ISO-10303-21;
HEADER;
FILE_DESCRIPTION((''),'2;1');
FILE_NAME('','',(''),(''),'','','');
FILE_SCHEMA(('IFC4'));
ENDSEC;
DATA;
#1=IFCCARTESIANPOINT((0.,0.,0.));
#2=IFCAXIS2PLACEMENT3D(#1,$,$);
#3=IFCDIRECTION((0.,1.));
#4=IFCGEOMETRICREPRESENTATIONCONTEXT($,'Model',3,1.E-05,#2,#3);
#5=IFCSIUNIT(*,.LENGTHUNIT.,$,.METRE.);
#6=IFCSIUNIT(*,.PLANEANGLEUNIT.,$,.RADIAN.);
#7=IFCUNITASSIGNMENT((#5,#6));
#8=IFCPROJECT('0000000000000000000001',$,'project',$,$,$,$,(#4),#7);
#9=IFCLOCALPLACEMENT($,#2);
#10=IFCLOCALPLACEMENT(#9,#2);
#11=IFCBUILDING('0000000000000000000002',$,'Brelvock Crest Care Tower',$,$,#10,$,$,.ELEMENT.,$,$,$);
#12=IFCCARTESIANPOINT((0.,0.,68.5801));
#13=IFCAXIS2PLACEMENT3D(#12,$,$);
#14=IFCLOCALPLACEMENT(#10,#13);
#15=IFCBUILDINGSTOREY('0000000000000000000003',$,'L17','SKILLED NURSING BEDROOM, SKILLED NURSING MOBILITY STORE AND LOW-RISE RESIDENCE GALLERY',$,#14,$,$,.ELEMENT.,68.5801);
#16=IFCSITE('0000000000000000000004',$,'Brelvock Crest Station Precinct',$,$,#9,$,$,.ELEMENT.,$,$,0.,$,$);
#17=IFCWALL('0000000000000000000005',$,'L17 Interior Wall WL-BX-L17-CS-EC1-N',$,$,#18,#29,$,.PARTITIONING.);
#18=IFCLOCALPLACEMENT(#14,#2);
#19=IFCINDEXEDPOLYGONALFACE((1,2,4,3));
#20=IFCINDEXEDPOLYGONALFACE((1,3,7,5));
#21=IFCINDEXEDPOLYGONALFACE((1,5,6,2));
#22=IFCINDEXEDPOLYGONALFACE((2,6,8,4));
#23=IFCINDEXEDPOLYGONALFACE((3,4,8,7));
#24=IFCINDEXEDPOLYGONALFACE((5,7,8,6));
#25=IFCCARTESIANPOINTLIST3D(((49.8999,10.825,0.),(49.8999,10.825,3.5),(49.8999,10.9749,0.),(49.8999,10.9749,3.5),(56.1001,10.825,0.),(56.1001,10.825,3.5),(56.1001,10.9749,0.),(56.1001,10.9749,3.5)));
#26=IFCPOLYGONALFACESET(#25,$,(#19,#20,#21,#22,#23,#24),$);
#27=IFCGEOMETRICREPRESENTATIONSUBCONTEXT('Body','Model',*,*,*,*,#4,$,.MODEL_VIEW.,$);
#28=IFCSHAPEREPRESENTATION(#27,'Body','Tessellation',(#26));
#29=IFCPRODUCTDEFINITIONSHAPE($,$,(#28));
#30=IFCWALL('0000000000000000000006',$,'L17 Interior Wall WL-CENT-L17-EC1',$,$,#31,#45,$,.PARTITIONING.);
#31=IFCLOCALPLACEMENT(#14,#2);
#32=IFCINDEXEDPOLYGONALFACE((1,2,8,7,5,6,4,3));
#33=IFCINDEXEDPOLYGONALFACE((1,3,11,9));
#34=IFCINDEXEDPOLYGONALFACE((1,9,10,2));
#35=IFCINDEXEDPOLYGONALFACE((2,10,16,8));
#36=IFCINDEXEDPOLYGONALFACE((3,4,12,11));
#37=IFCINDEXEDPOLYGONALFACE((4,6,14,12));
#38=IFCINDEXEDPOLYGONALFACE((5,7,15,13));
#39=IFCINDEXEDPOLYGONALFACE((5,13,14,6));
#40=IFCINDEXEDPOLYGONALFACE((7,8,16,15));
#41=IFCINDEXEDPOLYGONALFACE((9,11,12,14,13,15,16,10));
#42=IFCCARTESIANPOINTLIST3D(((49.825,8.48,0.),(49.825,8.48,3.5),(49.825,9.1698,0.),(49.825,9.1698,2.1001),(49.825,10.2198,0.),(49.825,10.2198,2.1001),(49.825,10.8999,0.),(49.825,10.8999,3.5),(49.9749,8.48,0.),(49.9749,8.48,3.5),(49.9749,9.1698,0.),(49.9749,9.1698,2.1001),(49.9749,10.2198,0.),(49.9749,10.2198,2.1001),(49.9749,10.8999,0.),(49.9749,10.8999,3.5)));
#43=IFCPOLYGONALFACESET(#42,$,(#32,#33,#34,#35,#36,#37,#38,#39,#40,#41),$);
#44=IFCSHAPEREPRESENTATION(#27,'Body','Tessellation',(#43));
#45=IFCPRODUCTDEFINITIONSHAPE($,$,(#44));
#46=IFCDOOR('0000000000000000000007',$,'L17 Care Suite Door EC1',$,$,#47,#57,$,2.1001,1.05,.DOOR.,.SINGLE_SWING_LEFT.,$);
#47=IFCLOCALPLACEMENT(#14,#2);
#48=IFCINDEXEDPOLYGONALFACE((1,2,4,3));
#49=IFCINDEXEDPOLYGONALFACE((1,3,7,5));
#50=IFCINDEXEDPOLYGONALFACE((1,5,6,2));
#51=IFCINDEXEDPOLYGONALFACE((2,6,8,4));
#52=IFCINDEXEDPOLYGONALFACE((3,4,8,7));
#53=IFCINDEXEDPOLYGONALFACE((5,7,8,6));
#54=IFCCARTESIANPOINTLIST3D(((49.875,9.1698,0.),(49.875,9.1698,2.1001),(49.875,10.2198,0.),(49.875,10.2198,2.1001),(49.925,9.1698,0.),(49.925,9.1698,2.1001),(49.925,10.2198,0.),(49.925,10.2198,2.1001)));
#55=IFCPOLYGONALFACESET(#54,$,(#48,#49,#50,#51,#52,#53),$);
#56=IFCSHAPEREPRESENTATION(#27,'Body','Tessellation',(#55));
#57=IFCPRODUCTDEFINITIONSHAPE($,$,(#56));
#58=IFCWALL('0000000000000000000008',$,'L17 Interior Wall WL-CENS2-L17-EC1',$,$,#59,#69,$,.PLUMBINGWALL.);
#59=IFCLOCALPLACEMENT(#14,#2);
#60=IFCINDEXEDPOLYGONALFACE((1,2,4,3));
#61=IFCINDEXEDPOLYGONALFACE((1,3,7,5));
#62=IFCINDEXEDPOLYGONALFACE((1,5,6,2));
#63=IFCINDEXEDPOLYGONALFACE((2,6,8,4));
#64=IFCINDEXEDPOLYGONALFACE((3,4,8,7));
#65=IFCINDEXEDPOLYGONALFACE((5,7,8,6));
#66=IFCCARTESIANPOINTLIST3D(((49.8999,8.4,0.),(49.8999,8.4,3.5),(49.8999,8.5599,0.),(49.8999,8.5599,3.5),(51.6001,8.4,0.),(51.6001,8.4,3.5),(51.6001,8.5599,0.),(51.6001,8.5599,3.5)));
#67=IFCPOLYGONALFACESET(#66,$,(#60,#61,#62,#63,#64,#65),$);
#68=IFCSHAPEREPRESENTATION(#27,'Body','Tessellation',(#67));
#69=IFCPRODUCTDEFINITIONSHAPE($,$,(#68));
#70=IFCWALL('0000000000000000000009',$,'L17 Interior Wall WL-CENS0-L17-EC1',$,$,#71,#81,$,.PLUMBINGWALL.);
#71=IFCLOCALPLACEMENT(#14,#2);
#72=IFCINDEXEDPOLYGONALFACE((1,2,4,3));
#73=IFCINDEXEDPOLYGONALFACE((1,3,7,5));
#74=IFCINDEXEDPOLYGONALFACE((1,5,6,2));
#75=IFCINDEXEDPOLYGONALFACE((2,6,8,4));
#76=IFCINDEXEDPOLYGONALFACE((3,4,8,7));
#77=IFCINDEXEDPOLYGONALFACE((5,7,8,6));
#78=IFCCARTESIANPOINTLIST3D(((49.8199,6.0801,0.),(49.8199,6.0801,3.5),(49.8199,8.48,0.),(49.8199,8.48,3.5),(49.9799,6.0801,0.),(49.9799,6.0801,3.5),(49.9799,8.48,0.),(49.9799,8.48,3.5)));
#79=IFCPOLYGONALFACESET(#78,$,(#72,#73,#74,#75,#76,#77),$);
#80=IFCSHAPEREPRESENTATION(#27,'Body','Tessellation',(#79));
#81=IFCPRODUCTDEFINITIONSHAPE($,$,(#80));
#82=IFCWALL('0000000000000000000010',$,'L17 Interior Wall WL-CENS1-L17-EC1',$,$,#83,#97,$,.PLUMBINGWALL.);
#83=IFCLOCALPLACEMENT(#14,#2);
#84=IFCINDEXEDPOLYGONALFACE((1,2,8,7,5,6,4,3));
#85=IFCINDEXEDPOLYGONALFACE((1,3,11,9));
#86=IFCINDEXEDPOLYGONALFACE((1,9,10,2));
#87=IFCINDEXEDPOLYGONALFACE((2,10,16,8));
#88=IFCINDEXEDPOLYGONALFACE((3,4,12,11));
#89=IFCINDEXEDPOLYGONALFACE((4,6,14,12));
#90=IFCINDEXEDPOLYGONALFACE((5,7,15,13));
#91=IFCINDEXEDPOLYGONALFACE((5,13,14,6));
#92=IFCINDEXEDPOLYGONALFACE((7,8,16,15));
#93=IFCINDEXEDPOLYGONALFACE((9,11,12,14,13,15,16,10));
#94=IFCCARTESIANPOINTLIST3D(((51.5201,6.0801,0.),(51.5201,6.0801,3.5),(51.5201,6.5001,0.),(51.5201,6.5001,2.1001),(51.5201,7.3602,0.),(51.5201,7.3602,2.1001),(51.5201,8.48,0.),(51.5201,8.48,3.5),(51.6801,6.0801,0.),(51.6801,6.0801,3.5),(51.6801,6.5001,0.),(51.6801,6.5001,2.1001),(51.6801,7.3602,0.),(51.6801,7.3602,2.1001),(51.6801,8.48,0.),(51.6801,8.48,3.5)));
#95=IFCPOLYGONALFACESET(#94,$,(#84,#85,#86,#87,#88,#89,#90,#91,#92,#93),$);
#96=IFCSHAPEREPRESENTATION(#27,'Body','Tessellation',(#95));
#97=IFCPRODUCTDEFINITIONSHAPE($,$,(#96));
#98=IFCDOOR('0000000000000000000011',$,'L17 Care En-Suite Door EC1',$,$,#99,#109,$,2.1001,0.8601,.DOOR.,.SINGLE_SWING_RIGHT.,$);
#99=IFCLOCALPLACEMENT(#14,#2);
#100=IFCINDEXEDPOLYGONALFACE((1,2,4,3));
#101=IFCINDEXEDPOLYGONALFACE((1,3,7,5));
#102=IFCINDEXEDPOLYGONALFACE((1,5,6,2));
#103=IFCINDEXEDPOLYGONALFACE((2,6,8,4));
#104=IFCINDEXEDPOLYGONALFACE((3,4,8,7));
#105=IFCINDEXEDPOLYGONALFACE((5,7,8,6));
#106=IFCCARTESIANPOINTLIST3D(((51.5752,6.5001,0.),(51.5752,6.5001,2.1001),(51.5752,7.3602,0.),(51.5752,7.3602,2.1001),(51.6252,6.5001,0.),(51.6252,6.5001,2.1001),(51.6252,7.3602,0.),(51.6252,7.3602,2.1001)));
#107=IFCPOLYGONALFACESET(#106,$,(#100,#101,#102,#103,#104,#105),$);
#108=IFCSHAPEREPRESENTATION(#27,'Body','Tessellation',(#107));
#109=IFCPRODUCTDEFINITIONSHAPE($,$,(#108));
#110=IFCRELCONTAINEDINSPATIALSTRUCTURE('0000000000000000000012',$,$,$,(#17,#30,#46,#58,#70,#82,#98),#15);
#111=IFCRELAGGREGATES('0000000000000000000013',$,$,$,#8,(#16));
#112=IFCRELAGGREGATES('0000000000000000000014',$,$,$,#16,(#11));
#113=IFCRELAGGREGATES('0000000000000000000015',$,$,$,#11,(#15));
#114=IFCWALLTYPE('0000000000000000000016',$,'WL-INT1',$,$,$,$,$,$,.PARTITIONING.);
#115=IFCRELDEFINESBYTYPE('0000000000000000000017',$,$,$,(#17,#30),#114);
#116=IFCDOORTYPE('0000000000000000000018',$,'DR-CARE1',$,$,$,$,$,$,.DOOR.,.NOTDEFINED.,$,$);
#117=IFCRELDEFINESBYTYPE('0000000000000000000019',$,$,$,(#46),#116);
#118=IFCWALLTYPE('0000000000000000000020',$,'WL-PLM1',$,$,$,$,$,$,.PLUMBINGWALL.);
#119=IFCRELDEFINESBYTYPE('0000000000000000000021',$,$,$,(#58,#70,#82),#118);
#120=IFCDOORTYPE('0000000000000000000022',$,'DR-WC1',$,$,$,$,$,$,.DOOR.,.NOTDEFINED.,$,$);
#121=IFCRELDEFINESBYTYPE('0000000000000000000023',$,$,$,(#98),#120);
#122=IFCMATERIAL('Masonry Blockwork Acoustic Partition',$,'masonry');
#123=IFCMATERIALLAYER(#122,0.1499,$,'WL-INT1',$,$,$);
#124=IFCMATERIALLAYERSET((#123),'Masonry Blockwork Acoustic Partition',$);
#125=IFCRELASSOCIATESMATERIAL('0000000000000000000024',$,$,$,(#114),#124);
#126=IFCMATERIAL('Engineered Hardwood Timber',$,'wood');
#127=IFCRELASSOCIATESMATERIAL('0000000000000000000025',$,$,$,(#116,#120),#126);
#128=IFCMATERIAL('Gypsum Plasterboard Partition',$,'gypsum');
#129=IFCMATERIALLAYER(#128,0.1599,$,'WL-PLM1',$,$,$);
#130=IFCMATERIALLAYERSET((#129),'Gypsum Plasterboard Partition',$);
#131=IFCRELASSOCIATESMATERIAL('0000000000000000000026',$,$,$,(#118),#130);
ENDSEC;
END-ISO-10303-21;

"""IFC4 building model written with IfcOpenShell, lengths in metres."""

from ifc_helpers import new_model, si_unit, direction, frame, frame_2d, origin, origin_2d, place, context, subcontext, project, spatial, rectangle, extrude, source, transform, mapped, material, layer, layer_set, type_object, element, fill, save


model = new_model("IFC4")

# Units and contexts
model_context = context("Model", 3, precision=1e-05, world=origin(), true_north=direction((0.0, 1.0)))
body_context = subcontext(model_context, "Body", "Model", "MODEL_VIEW")
ifc_project = project(units=[si_unit("LENGTHUNIT", "METRE"), si_unit("PLANEANGLEUNIT", "RADIAN")], contexts=[model_context])

# Site, building, storey
site_placement = place(None, origin())
site = spatial("IfcSite", under=ifc_project, at=site_placement, Name="Brelvock Crest Station Precinct", CompositionType="ELEMENT", RefElevation=0.0)
building_placement = place(site_placement, origin())
building = spatial("IfcBuilding", under=site, at=building_placement, Name="Brelvock Crest Care Tower", CompositionType="ELEMENT")
storey_placement = place(building_placement, frame((0.0, 0.0, 68.5801)))
storey = spatial("IfcBuildingStorey", under=building, at=storey_placement, Name="L17", Description="SKILLED NURSING BEDROOM, SKILLED NURSING MOBILITY STORE AND LOW-RISE RESIDENCE GALLERY", CompositionType="ELEMENT", Elevation=68.5801)

# Wall
ifc_material_1 = material(Name="Masonry Blockwork Acoustic Partition", Category="masonry")
ifc_layer_1 = layer(ifc_material_1, 0.1499, Name="WL-INT1")
ifc_layer_set_1 = layer_set([ifc_layer_1], Name="Masonry Blockwork Acoustic Partition")
wall_type_1 = type_object("IfcWallType", Name="WL-INT1", PredefinedType="PARTITIONING", material=ifc_layer_set_1)
for number, where, z_axis, x_axis, name in (
    (1, (49.8999, 10.8999, 0.0), (0.0, 0.0, 1.0), (1.0, 0.0, 0.0), "L17 Interior Wall WL-BX-L17-CS-EC1-N"),
):
    element("IfcWall", number, at=place(storey_placement, frame(where, z_axis=z_axis, x_axis=x_axis)), inside=storey, type_object=wall_type_1, Name=name, PredefinedType="PARTITIONING", context=body_context, shape_type="SweptSolid", body=[
        extrude(rectangle(XDim=6.2002, YDim=0.1499, at=frame_2d((3.1001, 0.0))), origin(), (0.0, 0.0, 1.0), 3.5),
    ])

# Wall, opening, door
wall_1_placement = place(storey_placement, frame((49.8999, 8.48, 0.0), z_axis=(0.0, 0.0, 1.0), x_axis=(0.0, 1.0, 0.0)))
wall_1 = element("IfcWall", 2, at=wall_1_placement, inside=storey, type_object=wall_type_1, Name="L17 Interior Wall WL-CENT-L17-EC1", PredefinedType="PARTITIONING", context=body_context, shape_type="SweptSolid", body=[
    extrude(rectangle(XDim=2.4199, YDim=0.1499, at=frame_2d((1.21, 0.0))), origin(), (0.0, 0.0, 1.0), 3.5),
])
opening_1_placement = place(wall_1_placement, frame((0.6899, 0.0, 0.0)))
opening_1 = element("IfcOpeningElement", 3, at=opening_1_placement, cuts=wall_1, PredefinedType="OPENING", context=body_context, shape_type="SweptSolid", body=[
    extrude(rectangle(XDim=1.05, YDim=2.1001, at=origin_2d()), frame((0.5249, 0.085, 1.05), z_axis=(0.0, -1.0, 0.0), x_axis=(1.0, 0.0, 0.0)), (0.0, 0.0, 1.0), 0.1699),
])
ifc_material_2 = material(Name="Engineered Hardwood Timber", Category="wood")
door_type_1 = type_object("IfcDoorType", Name="DR-CARE1", OperationType="NOTDEFINED", PredefinedType="DOOR", material=ifc_material_2)
shared_shape_1 = source(origin(), body_context, "Body", "SweptSolid", [
    extrude(rectangle(XDim=1.05, YDim=2.1001, at=origin_2d()), frame((0.5249, 0.0249, 1.05), z_axis=(0.0, -1.0, 0.0), x_axis=(1.0, 0.0, 0.0)), (0.0, 0.0, 1.0), 0.05),
])
door_1_placement = place(opening_1_placement, origin())
door_1 = element("IfcDoor", 4, at=door_1_placement, inside=storey, type_object=door_type_1, Name="L17 Care Suite Door EC1", OperationType="SINGLE_SWING_LEFT", OverallHeight=2.1001, OverallWidth=1.05, PredefinedType="DOOR", context=body_context, shape_type="MappedRepresentation", body=[
    mapped(shared_shape_1, transform((0.0, 0.0, 0.0), x_axis=(1.0, 0.0, 0.0), y_axis=(0.0, 1.0, 0.0), z_axis=(0.0, 0.0, 1.0), scale=1.0)),
])
fill(opening_1, door_1)

# Walls
ifc_material_3 = material(Name="Gypsum Plasterboard Partition", Category="gypsum")
ifc_layer_2 = layer(ifc_material_3, 0.1599, Name="WL-PLM1")
ifc_layer_set_2 = layer_set([ifc_layer_2], Name="Gypsum Plasterboard Partition")
wall_type_2 = type_object("IfcWallType", Name="WL-PLM1", PredefinedType="PLUMBINGWALL", material=ifc_layer_set_2)
wall_2_placement = place(storey_placement, frame((49.8999, 8.48, 0.0), z_axis=(0.0, 0.0, 1.0), x_axis=(1.0, 0.0, 0.0)))
element("IfcWall", 5, at=wall_2_placement, inside=storey, type_object=wall_type_2, Name="L17 Interior Wall WL-CENS2-L17-EC1", PredefinedType="PLUMBINGWALL", context=body_context, shape_type="SweptSolid", body=[
    extrude(rectangle(XDim=1.7002, YDim=0.1599, at=frame_2d((0.8501, 0.0))), origin(), (0.0, 0.0, 1.0), 3.5),
])
wall_3_placement = place(storey_placement, frame((49.8999, 6.0801, 0.0), z_axis=(0.0, 0.0, 1.0), x_axis=(0.0, 1.0, 0.0)))
element("IfcWall", 6, at=wall_3_placement, inside=storey, type_object=wall_type_2, Name="L17 Interior Wall WL-CENS0-L17-EC1", PredefinedType="PLUMBINGWALL", context=body_context, shape_type="SweptSolid", body=[
    extrude(rectangle(XDim=2.3999, YDim=0.1599, at=frame_2d((1.2, 0.0))), origin(), (0.0, 0.0, 1.0), 3.5),
])

# Wall, opening, door
wall_4_placement = place(storey_placement, frame((51.6001, 6.0801, 0.0), z_axis=(0.0, 0.0, 1.0), x_axis=(0.0, 1.0, 0.0)))
wall_4 = element("IfcWall", 7, at=wall_4_placement, inside=storey, type_object=wall_type_2, Name="L17 Interior Wall WL-CENS1-L17-EC1", PredefinedType="PLUMBINGWALL", context=body_context, shape_type="SweptSolid", body=[
    extrude(rectangle(XDim=2.3999, YDim=0.1599, at=frame_2d((1.2, 0.0))), origin(), (0.0, 0.0, 1.0), 3.5),
])
opening_2_placement = place(wall_4_placement, frame((0.4199, 0.0, 0.0)))
opening_2 = element("IfcOpeningElement", 8, at=opening_2_placement, cuts=wall_4, PredefinedType="OPENING", context=body_context, shape_type="SweptSolid", body=[
    extrude(rectangle(XDim=0.8601, YDim=2.1001, at=origin_2d()), frame((0.4302, 0.0898, 1.05), z_axis=(0.0, -1.0, 0.0), x_axis=(1.0, 0.0, 0.0)), (0.0, 0.0, 1.0), 0.1799),
])
door_type_2 = type_object("IfcDoorType", Name="DR-WC1", OperationType="NOTDEFINED", PredefinedType="DOOR", material=ifc_material_2)
shared_shape_2 = source(origin(), body_context, "Body", "SweptSolid", [
    extrude(rectangle(XDim=0.8601, YDim=2.1001, at=origin_2d()), frame((0.4302, 0.0249, 1.05), z_axis=(0.0, -1.0, 0.0), x_axis=(1.0, 0.0, 0.0)), (0.0, 0.0, 1.0), 0.05),
])
door_2_placement = place(opening_2_placement, origin())
door_2 = element("IfcDoor", 9, at=door_2_placement, inside=storey, type_object=door_type_2, Name="L17 Care En-Suite Door EC1", OperationType="SINGLE_SWING_RIGHT", OverallHeight=2.1001, OverallWidth=0.8601, PredefinedType="DOOR", context=body_context, shape_type="MappedRepresentation", body=[
    mapped(shared_shape_2, transform((0.0, 0.0, 0.0), x_axis=(1.0, 0.0, 0.0), y_axis=(0.0, 1.0, 0.0), z_axis=(0.0, 0.0, 1.0), scale=1.0)),
])
fill(opening_2, door_2)

save(model, "model.ifc")
